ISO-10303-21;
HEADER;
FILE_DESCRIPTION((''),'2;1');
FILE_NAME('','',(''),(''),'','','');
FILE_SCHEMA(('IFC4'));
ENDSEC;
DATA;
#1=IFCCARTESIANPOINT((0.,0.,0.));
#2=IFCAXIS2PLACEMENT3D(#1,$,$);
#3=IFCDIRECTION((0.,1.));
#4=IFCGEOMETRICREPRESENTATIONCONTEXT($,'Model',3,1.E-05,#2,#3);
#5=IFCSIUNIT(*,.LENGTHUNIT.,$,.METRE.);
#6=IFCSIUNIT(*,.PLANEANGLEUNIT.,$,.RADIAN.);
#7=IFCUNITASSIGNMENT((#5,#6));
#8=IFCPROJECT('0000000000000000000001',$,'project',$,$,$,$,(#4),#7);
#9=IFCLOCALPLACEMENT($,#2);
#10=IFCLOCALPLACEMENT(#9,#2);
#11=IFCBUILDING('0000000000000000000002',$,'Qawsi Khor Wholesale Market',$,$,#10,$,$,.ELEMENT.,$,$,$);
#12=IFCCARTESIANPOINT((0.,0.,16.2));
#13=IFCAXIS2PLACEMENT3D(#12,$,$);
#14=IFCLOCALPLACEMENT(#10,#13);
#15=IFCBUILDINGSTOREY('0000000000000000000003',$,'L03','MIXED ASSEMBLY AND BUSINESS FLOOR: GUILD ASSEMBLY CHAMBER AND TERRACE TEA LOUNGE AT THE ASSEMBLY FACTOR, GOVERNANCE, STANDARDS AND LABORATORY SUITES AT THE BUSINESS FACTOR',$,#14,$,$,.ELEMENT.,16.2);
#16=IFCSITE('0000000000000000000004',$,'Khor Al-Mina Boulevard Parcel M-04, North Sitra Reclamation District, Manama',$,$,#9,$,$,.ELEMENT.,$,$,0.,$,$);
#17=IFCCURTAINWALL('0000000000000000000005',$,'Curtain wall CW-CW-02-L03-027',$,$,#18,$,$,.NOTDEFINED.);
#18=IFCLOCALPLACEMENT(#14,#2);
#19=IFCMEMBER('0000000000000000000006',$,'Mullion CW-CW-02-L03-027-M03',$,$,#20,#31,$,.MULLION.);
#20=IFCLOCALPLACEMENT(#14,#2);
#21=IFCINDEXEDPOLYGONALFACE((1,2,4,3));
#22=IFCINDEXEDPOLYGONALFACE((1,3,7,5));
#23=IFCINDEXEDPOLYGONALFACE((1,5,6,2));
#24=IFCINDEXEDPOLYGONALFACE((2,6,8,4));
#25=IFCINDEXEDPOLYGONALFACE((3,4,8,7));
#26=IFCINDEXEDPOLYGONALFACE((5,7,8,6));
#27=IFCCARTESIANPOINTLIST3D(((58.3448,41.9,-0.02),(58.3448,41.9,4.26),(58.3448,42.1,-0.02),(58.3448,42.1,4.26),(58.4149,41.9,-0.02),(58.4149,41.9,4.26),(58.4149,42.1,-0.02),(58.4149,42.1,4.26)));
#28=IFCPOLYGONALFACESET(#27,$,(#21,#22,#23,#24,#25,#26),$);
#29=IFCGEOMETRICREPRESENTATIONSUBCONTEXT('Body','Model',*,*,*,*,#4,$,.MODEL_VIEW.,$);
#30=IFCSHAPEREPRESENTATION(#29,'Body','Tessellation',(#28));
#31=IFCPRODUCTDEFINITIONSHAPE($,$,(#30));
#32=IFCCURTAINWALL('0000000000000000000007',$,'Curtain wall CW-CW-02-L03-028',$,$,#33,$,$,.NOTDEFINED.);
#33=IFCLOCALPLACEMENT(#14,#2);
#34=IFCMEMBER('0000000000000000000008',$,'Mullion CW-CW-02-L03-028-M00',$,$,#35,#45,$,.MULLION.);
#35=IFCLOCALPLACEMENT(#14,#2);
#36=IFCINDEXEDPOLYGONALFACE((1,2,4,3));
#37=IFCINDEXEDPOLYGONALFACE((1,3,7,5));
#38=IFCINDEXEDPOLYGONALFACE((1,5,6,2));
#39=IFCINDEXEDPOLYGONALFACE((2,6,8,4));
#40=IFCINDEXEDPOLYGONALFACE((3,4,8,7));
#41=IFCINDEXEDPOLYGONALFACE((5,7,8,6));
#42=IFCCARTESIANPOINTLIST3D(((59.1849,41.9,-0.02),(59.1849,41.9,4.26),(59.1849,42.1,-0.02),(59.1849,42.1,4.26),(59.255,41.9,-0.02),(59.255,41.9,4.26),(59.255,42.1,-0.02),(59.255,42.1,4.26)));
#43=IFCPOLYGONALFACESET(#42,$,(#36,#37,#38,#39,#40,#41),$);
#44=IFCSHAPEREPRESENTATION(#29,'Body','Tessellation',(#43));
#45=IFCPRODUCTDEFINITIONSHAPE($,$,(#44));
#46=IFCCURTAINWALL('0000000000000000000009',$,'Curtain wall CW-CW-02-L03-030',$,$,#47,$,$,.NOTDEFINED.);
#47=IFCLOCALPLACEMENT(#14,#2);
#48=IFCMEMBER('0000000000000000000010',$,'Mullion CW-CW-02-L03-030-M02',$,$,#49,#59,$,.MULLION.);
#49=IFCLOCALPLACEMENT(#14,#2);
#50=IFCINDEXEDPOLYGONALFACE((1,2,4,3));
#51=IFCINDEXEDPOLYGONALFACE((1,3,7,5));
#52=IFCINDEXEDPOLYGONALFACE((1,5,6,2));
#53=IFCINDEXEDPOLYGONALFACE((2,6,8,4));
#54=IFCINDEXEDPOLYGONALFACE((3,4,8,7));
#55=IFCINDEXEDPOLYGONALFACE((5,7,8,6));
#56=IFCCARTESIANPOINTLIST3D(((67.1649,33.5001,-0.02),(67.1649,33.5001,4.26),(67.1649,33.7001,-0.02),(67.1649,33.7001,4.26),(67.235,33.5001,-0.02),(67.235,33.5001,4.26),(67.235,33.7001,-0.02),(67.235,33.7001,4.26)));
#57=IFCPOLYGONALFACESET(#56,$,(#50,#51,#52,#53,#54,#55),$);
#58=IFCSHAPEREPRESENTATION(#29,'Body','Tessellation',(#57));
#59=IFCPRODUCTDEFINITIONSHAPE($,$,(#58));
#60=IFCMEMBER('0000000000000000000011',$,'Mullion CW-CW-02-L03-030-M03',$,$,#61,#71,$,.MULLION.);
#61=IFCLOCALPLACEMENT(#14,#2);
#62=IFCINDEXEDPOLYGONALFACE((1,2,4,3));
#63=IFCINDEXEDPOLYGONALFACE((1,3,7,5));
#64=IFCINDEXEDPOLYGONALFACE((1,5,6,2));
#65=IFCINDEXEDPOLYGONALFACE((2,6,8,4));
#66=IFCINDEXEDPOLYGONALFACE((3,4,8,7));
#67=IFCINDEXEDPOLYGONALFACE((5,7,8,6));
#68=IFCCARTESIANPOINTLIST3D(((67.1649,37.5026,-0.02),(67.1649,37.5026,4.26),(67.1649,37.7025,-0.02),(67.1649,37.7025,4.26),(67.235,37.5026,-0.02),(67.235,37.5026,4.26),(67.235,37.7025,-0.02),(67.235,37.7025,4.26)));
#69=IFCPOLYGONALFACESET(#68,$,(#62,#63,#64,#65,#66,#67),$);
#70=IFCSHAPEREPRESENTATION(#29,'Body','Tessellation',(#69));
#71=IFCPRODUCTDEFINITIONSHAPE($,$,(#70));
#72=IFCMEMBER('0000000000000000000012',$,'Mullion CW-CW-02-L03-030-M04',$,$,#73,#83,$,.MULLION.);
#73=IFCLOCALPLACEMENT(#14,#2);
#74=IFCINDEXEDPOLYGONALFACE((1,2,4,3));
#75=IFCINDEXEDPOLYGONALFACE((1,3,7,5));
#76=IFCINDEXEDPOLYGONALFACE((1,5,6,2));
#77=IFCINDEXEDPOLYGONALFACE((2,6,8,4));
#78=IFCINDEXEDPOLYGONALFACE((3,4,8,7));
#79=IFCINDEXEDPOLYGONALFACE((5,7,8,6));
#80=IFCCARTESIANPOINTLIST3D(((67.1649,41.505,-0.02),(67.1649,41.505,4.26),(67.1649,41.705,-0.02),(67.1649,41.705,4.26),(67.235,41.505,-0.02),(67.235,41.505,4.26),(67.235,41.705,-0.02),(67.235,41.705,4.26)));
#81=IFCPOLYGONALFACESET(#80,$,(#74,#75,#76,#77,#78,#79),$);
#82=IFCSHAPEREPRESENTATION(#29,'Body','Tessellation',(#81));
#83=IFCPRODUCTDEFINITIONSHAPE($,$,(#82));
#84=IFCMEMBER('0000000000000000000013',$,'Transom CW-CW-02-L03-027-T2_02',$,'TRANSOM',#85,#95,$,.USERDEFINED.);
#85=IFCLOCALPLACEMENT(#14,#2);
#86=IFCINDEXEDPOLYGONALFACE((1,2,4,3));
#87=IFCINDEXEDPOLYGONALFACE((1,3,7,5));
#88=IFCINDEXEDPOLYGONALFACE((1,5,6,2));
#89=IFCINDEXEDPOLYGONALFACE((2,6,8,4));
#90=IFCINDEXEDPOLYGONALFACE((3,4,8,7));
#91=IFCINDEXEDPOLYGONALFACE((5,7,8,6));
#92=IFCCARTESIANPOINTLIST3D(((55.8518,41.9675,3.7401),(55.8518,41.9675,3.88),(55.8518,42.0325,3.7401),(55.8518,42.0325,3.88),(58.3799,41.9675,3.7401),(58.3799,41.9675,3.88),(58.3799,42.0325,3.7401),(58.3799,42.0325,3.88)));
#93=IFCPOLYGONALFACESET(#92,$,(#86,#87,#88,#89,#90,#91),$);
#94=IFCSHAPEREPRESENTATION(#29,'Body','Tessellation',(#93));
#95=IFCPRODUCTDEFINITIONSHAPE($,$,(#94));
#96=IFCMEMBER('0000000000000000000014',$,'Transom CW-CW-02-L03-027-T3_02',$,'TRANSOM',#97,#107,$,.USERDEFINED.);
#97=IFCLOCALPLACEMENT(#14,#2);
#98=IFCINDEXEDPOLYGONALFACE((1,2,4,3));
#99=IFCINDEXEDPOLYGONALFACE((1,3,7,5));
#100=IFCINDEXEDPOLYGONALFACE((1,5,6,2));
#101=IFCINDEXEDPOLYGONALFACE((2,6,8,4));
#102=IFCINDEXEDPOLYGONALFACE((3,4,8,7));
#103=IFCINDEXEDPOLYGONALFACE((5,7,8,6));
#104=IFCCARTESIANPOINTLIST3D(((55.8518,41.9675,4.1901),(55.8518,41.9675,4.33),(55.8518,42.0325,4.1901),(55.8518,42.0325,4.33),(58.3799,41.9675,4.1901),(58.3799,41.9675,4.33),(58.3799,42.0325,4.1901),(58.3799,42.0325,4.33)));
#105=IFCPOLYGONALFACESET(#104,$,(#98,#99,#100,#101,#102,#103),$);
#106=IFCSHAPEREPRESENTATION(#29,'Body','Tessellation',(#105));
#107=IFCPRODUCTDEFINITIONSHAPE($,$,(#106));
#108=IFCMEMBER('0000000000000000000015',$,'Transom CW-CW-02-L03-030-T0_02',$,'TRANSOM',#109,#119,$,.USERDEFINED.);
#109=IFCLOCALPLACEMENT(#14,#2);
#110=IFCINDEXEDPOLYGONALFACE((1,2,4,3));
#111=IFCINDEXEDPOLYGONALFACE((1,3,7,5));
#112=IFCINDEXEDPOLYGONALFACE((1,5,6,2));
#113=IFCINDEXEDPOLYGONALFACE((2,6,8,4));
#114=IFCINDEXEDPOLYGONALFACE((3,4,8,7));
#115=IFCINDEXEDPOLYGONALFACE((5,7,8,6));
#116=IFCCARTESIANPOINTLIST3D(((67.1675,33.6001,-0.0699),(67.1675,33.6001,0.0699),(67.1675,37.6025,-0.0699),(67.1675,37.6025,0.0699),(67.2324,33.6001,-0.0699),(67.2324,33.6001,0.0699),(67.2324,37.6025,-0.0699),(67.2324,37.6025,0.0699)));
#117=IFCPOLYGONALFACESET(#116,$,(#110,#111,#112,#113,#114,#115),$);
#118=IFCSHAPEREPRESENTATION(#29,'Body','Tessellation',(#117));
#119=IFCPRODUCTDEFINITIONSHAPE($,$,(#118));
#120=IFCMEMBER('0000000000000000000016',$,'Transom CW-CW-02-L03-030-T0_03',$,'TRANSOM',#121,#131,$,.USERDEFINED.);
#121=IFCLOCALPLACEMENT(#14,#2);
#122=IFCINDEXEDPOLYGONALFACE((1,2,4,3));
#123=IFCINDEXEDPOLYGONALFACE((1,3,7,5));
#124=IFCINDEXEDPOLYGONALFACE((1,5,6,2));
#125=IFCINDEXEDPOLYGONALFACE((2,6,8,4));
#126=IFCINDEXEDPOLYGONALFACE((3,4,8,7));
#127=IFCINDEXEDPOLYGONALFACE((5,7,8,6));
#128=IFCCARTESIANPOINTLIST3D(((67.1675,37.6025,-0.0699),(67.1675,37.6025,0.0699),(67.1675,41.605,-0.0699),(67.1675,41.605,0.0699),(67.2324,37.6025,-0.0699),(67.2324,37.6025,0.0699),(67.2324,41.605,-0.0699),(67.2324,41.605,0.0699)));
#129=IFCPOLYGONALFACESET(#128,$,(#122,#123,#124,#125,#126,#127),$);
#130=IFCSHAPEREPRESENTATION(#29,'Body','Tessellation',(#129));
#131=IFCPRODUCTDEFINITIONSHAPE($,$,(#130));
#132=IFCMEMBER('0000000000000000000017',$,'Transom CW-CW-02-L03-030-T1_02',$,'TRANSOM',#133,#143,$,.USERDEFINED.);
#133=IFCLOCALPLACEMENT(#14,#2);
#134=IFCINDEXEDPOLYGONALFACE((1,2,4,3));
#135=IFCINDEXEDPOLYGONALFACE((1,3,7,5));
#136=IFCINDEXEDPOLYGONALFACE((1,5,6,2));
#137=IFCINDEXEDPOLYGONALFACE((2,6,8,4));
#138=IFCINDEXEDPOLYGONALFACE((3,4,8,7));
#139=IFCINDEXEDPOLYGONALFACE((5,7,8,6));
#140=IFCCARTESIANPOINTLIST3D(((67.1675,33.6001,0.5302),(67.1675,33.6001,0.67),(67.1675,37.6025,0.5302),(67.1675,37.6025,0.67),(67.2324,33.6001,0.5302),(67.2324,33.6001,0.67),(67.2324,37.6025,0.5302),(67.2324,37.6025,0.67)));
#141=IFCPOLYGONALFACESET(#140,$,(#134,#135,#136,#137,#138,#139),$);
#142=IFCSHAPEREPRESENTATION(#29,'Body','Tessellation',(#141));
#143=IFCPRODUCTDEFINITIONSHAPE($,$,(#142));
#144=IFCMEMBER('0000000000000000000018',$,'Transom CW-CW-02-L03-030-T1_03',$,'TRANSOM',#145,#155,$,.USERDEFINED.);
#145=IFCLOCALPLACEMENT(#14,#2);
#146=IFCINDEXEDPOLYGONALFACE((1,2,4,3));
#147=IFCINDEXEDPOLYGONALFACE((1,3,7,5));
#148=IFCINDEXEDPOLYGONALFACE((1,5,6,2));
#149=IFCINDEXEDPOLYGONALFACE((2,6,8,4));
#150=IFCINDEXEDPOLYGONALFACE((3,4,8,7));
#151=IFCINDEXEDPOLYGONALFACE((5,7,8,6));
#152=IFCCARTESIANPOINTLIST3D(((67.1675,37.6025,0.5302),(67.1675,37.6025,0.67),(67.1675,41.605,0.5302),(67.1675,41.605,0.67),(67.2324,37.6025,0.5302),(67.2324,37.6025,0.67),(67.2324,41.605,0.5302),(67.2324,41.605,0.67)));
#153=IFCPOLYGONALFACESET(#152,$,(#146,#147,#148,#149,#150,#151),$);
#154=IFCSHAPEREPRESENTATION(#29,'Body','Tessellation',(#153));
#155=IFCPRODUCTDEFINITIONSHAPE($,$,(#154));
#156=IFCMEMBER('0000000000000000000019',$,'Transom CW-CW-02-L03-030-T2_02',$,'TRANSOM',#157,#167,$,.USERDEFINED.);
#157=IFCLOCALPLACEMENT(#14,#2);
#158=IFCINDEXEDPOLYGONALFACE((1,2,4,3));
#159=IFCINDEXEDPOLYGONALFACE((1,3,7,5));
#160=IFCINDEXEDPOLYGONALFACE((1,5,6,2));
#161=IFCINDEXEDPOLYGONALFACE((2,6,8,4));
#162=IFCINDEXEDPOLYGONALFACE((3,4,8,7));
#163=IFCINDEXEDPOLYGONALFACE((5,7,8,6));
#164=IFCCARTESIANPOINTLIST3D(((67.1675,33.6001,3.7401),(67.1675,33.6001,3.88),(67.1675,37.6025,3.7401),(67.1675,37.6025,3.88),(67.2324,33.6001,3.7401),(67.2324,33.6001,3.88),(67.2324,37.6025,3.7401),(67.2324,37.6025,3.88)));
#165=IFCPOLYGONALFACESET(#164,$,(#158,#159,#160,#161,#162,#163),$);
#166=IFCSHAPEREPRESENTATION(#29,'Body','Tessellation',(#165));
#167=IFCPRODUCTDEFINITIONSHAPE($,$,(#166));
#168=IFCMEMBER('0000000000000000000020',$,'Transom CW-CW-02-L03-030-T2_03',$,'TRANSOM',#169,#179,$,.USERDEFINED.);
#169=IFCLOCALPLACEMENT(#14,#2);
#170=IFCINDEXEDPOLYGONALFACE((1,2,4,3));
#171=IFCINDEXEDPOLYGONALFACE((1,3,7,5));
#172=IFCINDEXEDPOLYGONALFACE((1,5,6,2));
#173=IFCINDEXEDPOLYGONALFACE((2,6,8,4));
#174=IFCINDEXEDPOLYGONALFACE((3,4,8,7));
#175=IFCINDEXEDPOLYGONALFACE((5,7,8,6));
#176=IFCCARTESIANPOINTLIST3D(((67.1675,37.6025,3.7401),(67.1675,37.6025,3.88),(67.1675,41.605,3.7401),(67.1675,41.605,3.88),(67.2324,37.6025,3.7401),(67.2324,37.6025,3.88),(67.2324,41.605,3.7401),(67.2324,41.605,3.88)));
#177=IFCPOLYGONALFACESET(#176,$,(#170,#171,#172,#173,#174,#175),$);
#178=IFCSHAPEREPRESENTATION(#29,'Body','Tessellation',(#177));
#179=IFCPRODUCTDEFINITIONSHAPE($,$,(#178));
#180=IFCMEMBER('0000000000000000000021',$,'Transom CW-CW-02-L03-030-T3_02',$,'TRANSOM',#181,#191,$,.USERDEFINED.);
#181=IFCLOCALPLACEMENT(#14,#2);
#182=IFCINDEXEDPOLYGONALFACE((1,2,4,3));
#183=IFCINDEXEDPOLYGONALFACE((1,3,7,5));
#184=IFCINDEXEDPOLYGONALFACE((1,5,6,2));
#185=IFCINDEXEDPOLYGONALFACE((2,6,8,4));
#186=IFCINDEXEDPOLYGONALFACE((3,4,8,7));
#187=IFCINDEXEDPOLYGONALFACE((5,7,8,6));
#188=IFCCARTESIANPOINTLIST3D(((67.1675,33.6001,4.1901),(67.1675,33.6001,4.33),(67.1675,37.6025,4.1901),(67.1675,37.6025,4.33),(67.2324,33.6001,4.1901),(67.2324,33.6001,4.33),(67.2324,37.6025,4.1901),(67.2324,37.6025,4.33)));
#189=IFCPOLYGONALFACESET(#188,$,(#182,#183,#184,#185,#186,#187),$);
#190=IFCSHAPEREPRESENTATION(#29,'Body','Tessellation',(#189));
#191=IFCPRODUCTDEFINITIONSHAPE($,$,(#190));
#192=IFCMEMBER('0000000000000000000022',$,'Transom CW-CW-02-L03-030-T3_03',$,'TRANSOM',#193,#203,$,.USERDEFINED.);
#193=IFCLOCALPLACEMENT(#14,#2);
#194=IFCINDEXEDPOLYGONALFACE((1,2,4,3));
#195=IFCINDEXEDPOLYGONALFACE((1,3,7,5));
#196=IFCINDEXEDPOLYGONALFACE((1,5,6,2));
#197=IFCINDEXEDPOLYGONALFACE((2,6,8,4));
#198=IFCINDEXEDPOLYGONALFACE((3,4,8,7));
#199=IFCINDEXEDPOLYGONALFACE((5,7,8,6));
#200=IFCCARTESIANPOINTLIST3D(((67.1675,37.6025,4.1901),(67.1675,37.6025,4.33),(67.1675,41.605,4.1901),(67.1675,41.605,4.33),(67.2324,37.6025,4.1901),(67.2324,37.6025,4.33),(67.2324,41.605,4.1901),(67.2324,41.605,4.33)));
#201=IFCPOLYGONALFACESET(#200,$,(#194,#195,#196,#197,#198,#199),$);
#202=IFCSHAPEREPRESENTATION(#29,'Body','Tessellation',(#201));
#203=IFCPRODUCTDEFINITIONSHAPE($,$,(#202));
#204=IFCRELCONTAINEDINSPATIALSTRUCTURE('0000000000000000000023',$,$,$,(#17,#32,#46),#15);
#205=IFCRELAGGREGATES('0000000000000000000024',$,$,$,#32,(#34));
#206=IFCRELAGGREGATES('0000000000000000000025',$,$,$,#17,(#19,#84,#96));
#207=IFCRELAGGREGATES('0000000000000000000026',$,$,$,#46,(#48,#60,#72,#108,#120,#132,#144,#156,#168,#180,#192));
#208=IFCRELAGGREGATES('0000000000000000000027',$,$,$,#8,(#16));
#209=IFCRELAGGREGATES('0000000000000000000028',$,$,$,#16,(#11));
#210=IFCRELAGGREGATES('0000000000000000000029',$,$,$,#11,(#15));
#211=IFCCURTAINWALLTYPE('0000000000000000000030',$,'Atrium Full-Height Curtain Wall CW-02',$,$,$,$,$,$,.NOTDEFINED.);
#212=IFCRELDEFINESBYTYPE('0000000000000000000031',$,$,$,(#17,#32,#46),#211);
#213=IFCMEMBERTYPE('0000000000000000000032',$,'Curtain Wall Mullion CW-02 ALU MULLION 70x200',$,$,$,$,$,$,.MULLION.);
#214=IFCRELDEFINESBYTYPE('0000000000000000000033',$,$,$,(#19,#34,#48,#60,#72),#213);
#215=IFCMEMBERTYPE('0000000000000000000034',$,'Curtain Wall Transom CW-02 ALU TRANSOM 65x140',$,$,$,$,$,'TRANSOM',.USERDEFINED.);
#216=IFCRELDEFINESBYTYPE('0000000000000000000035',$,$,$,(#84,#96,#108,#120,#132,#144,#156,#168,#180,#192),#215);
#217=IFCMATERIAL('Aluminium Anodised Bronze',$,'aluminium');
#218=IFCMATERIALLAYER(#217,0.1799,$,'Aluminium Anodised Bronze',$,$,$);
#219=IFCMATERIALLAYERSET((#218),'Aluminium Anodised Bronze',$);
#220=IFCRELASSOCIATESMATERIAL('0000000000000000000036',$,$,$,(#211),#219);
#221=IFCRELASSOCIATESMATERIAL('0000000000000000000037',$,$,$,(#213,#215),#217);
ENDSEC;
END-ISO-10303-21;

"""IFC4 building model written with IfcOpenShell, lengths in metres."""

from ifc_helpers import new_model, si_unit, direction, frame, origin, origin_2d, place, context, subcontext, project, spatial, rectangle, extrude, material, layer, layer_set, material_profile, profile_set, type_object, element, aggregate, save


model = new_model("IFC4")

# Units and contexts
model_context = context("Model", 3, precision=1e-05, world=origin(), true_north=direction((0.0, 1.0)))
body_context = subcontext(model_context, "Body", "Model", "MODEL_VIEW")
ifc_project = project(units=[si_unit("LENGTHUNIT", "METRE"), si_unit("PLANEANGLEUNIT", "RADIAN")], contexts=[model_context])

# Site, building, storey
site_placement = place(None, origin())
site = spatial("IfcSite", under=ifc_project, at=site_placement, Name="Khor Al-Mina Boulevard Parcel M-04, North Sitra Reclamation District, Manama", CompositionType="ELEMENT", RefElevation=0.0)
building_placement = place(site_placement, origin())
building = spatial("IfcBuilding", under=site, at=building_placement, Name="Qawsi Khor Wholesale Market", CompositionType="ELEMENT")
storey_placement = place(building_placement, frame((0.0, 0.0, 16.2)))
storey = spatial("IfcBuildingStorey", under=building, at=storey_placement, Name="L03", Description="MIXED ASSEMBLY AND BUSINESS FLOOR: GUILD ASSEMBLY CHAMBER AND TERRACE TEA LOUNGE AT THE ASSEMBLY FACTOR, GOVERNANCE, STANDARDS AND LABORATORY SUITES AT THE BUSINESS FACTOR", CompositionType="ELEMENT", Elevation=16.2)

# Curtain walls, members
ifc_material_1 = material(Name="Aluminium Anodised Bronze", Category="aluminium")
ifc_layer_1 = layer(ifc_material_1, 0.1799, Name="Aluminium Anodised Bronze")
ifc_layer_set_1 = layer_set([ifc_layer_1], Name="Aluminium Anodised Bronze")
curtain_wall_type = type_object("IfcCurtainWallType", Name="Atrium Full-Height Curtain Wall CW-02", PredefinedType="NOTDEFINED", material=ifc_layer_set_1)
curtain_wall_1_placement = place(storey_placement, origin())
curtain_wall_1 = element("IfcCurtainWall", 1, at=curtain_wall_1_placement, inside=storey, type_object=curtain_wall_type, Name="Curtain wall CW-CW-02-L03-027", PredefinedType="NOTDEFINED")
ifc_material_profile_1 = material_profile(ifc_material_1, rectangle(XDim=0.0701, YDim=0.2, at=origin_2d()), Name="ALU MULLION 70x200")
ifc_profile_set_1 = profile_set([ifc_material_profile_1], Name="Aluminium Anodised Bronze")
member_type_1 = type_object("IfcMemberType", Name="Curtain Wall Mullion CW-02 ALU MULLION 70x200", PredefinedType="MULLION", material=ifc_profile_set_1)
member_1_placement = place(storey_placement, frame((58.3799, 42.0, -0.02), z_axis=(0.0, 0.0, 1.0), x_axis=(1.0, 0.0, 0.0)))
member_1 = element("IfcMember", 2, at=member_1_placement, type_object=member_type_1, Name="Mullion CW-CW-02-L03-027-M03", PredefinedType="MULLION", context=body_context, shape_type="SweptSolid", body=[
    extrude(rectangle(XDim=0.0701, YDim=0.2, at=origin_2d()), origin(), (0.0, 0.0, 1.0), 4.28),
])
curtain_wall_2_placement = place(storey_placement, origin())
curtain_wall_2 = element("IfcCurtainWall", 3, at=curtain_wall_2_placement, inside=storey, type_object=curtain_wall_type, Name="Curtain wall CW-CW-02-L03-028", PredefinedType="NOTDEFINED")
member_2_placement = place(storey_placement, frame((59.22, 42.0, -0.02), z_axis=(0.0, 0.0, 1.0), x_axis=(1.0, 0.0, 0.0)))
member_2 = element("IfcMember", 4, at=member_2_placement, type_object=member_type_1, Name="Mullion CW-CW-02-L03-028-M00", PredefinedType="MULLION", context=body_context, shape_type="SweptSolid", body=[
    extrude(rectangle(XDim=0.0701, YDim=0.2, at=origin_2d()), origin(), (0.0, 0.0, 1.0), 4.28),
])
aggregate(curtain_wall_2, [member_2])

# Curtain wall, members
curtain_wall_3_placement = place(storey_placement, origin())
curtain_wall_3 = element("IfcCurtainWall", 5, at=curtain_wall_3_placement, inside=storey, type_object=curtain_wall_type, Name="Curtain wall CW-CW-02-L03-030", PredefinedType="NOTDEFINED")
member_3_placement = place(storey_placement, frame((67.2, 33.6001, -0.02), z_axis=(0.0, 0.0, 1.0), x_axis=(1.0, 0.0, 0.0)))
member_3 = element("IfcMember", 6, at=member_3_placement, type_object=member_type_1, Name="Mullion CW-CW-02-L03-030-M02", PredefinedType="MULLION", context=body_context, shape_type="SweptSolid", body=[
    extrude(rectangle(XDim=0.0701, YDim=0.2, at=origin_2d()), origin(), (0.0, 0.0, 1.0), 4.28),
])
member_4_placement = place(storey_placement, frame((67.2, 37.6025, -0.02), z_axis=(0.0, 0.0, 1.0), x_axis=(1.0, 0.0, 0.0)))
member_4 = element("IfcMember", 7, at=member_4_placement, type_object=member_type_1, Name="Mullion CW-CW-02-L03-030-M03", PredefinedType="MULLION", context=body_context, shape_type="SweptSolid", body=[
    extrude(rectangle(XDim=0.0701, YDim=0.2, at=origin_2d()), origin(), (0.0, 0.0, 1.0), 4.28),
])
member_5_placement = place(storey_placement, frame((67.2, 41.605, -0.02), z_axis=(0.0, 0.0, 1.0), x_axis=(1.0, 0.0, 0.0)))
member_5 = element("IfcMember", 8, at=member_5_placement, type_object=member_type_1, Name="Mullion CW-CW-02-L03-030-M04", PredefinedType="MULLION", context=body_context, shape_type="SweptSolid", body=[
    extrude(rectangle(XDim=0.0701, YDim=0.2, at=origin_2d()), origin(), (0.0, 0.0, 1.0), 4.28),
])

# Members
ifc_material_profile_2 = material_profile(ifc_material_1, rectangle(XDim=0.0649, YDim=0.1399, at=origin_2d()), Name="ALU TRANSOM 65x140")
ifc_profile_set_2 = profile_set([ifc_material_profile_2], Name="Aluminium Anodised Bronze")
member_type_2 = type_object("IfcMemberType", Name="Curtain Wall Transom CW-02 ALU TRANSOM 65x140", ElementType="TRANSOM", PredefinedType="USERDEFINED", material=ifc_profile_set_2)
member_6_placement = place(storey_placement, frame((55.8518, 42.0, 3.8101), z_axis=(1.0, 0.0, 0.0), x_axis=(0.0, 1.0, 0.0)))
member_6 = element("IfcMember", 9, at=member_6_placement, type_object=member_type_2, Name="Transom CW-CW-02-L03-027-T2_02", ObjectType="TRANSOM", PredefinedType="USERDEFINED", context=body_context, shape_type="SweptSolid", body=[
    extrude(rectangle(XDim=0.0649, YDim=0.1399, at=origin_2d()), origin(), (0.0, 0.0, 1.0), 2.5281),
])
member_7_placement = place(storey_placement, frame((55.8518, 42.0, 4.26), z_axis=(1.0, 0.0, 0.0), x_axis=(0.0, 1.0, 0.0)))
member_7 = element("IfcMember", 10, at=member_7_placement, type_object=member_type_2, Name="Transom CW-CW-02-L03-027-T3_02", ObjectType="TRANSOM", PredefinedType="USERDEFINED", context=body_context, shape_type="SweptSolid", body=[
    extrude(rectangle(XDim=0.0649, YDim=0.1399, at=origin_2d()), origin(), (0.0, 0.0, 1.0), 2.5281),
])
member_8_placement = place(storey_placement, frame((67.2, 33.6001, 0.0), z_axis=(0.0, 1.0, 0.0), x_axis=(-1.0, 0.0, 0.0)))
member_8 = element("IfcMember", 11, at=member_8_placement, type_object=member_type_2, Name="Transom CW-CW-02-L03-030-T0_02", ObjectType="TRANSOM", PredefinedType="USERDEFINED", context=body_context, shape_type="SweptSolid", body=[
    extrude(rectangle(XDim=0.0649, YDim=0.1399, at=origin_2d()), origin(), (0.0, 0.0, 1.0), 4.0024),
])
member_9_placement = place(storey_placement, frame((67.2, 37.6025, 0.0), z_axis=(0.0, 1.0, 0.0), x_axis=(-1.0, 0.0, 0.0)))
member_9 = element("IfcMember", 12, at=member_9_placement, type_object=member_type_2, Name="Transom CW-CW-02-L03-030-T0_03", ObjectType="TRANSOM", PredefinedType="USERDEFINED", context=body_context, shape_type="SweptSolid", body=[
    extrude(rectangle(XDim=0.0649, YDim=0.1399, at=origin_2d()), origin(), (0.0, 0.0, 1.0), 4.0024),
])
member_10_placement = place(storey_placement, frame((67.2, 33.6001, 0.6001), z_axis=(0.0, 1.0, 0.0), x_axis=(-1.0, 0.0, 0.0)))
member_10 = element("IfcMember", 13, at=member_10_placement, type_object=member_type_2, Name="Transom CW-CW-02-L03-030-T1_02", ObjectType="TRANSOM", PredefinedType="USERDEFINED", context=body_context, shape_type="SweptSolid", body=[
    extrude(rectangle(XDim=0.0649, YDim=0.1399, at=origin_2d()), origin(), (0.0, 0.0, 1.0), 4.0024),
])
member_11_placement = place(storey_placement, frame((67.2, 37.6025, 0.6001), z_axis=(0.0, 1.0, 0.0), x_axis=(-1.0, 0.0, 0.0)))
member_11 = element("IfcMember", 14, at=member_11_placement, type_object=member_type_2, Name="Transom CW-CW-02-L03-030-T1_03", ObjectType="TRANSOM", PredefinedType="USERDEFINED", context=body_context, shape_type="SweptSolid", body=[
    extrude(rectangle(XDim=0.0649, YDim=0.1399, at=origin_2d()), origin(), (0.0, 0.0, 1.0), 4.0024),
])
member_12_placement = place(storey_placement, frame((67.2, 33.6001, 3.8101), z_axis=(0.0, 1.0, 0.0), x_axis=(-1.0, 0.0, 0.0)))
member_12 = element("IfcMember", 15, at=member_12_placement, type_object=member_type_2, Name="Transom CW-CW-02-L03-030-T2_02", ObjectType="TRANSOM", PredefinedType="USERDEFINED", context=body_context, shape_type="SweptSolid", body=[
    extrude(rectangle(XDim=0.0649, YDim=0.1399, at=origin_2d()), origin(), (0.0, 0.0, 1.0), 4.0024),
])
member_13_placement = place(storey_placement, frame((67.2, 37.6025, 3.8101), z_axis=(0.0, 1.0, 0.0), x_axis=(-1.0, 0.0, 0.0)))
member_13 = element("IfcMember", 16, at=member_13_placement, type_object=member_type_2, Name="Transom CW-CW-02-L03-030-T2_03", ObjectType="TRANSOM", PredefinedType="USERDEFINED", context=body_context, shape_type="SweptSolid", body=[
    extrude(rectangle(XDim=0.0649, YDim=0.1399, at=origin_2d()), origin(), (0.0, 0.0, 1.0), 4.0024),
])
member_14_placement = place(storey_placement, frame((67.2, 33.6001, 4.26), z_axis=(0.0, 1.0, 0.0), x_axis=(-1.0, 0.0, 0.0)))
member_14 = element("IfcMember", 17, at=member_14_placement, type_object=member_type_2, Name="Transom CW-CW-02-L03-030-T3_02", ObjectType="TRANSOM", PredefinedType="USERDEFINED", context=body_context, shape_type="SweptSolid", body=[
    extrude(rectangle(XDim=0.0649, YDim=0.1399, at=origin_2d()), origin(), (0.0, 0.0, 1.0), 4.0024),
])
member_15_placement = place(storey_placement, frame((67.2, 37.6025, 4.26), z_axis=(0.0, 1.0, 0.0), x_axis=(-1.0, 0.0, 0.0)))
member_15 = element("IfcMember", 18, at=member_15_placement, type_object=member_type_2, Name="Transom CW-CW-02-L03-030-T3_03", ObjectType="TRANSOM", PredefinedType="USERDEFINED", context=body_context, shape_type="SweptSolid", body=[
    extrude(rectangle(XDim=0.0649, YDim=0.1399, at=origin_2d()), origin(), (0.0, 0.0, 1.0), 4.0024),
])

aggregate(curtain_wall_1, [member_1, member_6, member_7])
aggregate(curtain_wall_3, [member_3, member_4, member_5, member_8, member_9, member_10, member_11, member_12, member_13, member_14, member_15])

save(model, "model.ifc")
